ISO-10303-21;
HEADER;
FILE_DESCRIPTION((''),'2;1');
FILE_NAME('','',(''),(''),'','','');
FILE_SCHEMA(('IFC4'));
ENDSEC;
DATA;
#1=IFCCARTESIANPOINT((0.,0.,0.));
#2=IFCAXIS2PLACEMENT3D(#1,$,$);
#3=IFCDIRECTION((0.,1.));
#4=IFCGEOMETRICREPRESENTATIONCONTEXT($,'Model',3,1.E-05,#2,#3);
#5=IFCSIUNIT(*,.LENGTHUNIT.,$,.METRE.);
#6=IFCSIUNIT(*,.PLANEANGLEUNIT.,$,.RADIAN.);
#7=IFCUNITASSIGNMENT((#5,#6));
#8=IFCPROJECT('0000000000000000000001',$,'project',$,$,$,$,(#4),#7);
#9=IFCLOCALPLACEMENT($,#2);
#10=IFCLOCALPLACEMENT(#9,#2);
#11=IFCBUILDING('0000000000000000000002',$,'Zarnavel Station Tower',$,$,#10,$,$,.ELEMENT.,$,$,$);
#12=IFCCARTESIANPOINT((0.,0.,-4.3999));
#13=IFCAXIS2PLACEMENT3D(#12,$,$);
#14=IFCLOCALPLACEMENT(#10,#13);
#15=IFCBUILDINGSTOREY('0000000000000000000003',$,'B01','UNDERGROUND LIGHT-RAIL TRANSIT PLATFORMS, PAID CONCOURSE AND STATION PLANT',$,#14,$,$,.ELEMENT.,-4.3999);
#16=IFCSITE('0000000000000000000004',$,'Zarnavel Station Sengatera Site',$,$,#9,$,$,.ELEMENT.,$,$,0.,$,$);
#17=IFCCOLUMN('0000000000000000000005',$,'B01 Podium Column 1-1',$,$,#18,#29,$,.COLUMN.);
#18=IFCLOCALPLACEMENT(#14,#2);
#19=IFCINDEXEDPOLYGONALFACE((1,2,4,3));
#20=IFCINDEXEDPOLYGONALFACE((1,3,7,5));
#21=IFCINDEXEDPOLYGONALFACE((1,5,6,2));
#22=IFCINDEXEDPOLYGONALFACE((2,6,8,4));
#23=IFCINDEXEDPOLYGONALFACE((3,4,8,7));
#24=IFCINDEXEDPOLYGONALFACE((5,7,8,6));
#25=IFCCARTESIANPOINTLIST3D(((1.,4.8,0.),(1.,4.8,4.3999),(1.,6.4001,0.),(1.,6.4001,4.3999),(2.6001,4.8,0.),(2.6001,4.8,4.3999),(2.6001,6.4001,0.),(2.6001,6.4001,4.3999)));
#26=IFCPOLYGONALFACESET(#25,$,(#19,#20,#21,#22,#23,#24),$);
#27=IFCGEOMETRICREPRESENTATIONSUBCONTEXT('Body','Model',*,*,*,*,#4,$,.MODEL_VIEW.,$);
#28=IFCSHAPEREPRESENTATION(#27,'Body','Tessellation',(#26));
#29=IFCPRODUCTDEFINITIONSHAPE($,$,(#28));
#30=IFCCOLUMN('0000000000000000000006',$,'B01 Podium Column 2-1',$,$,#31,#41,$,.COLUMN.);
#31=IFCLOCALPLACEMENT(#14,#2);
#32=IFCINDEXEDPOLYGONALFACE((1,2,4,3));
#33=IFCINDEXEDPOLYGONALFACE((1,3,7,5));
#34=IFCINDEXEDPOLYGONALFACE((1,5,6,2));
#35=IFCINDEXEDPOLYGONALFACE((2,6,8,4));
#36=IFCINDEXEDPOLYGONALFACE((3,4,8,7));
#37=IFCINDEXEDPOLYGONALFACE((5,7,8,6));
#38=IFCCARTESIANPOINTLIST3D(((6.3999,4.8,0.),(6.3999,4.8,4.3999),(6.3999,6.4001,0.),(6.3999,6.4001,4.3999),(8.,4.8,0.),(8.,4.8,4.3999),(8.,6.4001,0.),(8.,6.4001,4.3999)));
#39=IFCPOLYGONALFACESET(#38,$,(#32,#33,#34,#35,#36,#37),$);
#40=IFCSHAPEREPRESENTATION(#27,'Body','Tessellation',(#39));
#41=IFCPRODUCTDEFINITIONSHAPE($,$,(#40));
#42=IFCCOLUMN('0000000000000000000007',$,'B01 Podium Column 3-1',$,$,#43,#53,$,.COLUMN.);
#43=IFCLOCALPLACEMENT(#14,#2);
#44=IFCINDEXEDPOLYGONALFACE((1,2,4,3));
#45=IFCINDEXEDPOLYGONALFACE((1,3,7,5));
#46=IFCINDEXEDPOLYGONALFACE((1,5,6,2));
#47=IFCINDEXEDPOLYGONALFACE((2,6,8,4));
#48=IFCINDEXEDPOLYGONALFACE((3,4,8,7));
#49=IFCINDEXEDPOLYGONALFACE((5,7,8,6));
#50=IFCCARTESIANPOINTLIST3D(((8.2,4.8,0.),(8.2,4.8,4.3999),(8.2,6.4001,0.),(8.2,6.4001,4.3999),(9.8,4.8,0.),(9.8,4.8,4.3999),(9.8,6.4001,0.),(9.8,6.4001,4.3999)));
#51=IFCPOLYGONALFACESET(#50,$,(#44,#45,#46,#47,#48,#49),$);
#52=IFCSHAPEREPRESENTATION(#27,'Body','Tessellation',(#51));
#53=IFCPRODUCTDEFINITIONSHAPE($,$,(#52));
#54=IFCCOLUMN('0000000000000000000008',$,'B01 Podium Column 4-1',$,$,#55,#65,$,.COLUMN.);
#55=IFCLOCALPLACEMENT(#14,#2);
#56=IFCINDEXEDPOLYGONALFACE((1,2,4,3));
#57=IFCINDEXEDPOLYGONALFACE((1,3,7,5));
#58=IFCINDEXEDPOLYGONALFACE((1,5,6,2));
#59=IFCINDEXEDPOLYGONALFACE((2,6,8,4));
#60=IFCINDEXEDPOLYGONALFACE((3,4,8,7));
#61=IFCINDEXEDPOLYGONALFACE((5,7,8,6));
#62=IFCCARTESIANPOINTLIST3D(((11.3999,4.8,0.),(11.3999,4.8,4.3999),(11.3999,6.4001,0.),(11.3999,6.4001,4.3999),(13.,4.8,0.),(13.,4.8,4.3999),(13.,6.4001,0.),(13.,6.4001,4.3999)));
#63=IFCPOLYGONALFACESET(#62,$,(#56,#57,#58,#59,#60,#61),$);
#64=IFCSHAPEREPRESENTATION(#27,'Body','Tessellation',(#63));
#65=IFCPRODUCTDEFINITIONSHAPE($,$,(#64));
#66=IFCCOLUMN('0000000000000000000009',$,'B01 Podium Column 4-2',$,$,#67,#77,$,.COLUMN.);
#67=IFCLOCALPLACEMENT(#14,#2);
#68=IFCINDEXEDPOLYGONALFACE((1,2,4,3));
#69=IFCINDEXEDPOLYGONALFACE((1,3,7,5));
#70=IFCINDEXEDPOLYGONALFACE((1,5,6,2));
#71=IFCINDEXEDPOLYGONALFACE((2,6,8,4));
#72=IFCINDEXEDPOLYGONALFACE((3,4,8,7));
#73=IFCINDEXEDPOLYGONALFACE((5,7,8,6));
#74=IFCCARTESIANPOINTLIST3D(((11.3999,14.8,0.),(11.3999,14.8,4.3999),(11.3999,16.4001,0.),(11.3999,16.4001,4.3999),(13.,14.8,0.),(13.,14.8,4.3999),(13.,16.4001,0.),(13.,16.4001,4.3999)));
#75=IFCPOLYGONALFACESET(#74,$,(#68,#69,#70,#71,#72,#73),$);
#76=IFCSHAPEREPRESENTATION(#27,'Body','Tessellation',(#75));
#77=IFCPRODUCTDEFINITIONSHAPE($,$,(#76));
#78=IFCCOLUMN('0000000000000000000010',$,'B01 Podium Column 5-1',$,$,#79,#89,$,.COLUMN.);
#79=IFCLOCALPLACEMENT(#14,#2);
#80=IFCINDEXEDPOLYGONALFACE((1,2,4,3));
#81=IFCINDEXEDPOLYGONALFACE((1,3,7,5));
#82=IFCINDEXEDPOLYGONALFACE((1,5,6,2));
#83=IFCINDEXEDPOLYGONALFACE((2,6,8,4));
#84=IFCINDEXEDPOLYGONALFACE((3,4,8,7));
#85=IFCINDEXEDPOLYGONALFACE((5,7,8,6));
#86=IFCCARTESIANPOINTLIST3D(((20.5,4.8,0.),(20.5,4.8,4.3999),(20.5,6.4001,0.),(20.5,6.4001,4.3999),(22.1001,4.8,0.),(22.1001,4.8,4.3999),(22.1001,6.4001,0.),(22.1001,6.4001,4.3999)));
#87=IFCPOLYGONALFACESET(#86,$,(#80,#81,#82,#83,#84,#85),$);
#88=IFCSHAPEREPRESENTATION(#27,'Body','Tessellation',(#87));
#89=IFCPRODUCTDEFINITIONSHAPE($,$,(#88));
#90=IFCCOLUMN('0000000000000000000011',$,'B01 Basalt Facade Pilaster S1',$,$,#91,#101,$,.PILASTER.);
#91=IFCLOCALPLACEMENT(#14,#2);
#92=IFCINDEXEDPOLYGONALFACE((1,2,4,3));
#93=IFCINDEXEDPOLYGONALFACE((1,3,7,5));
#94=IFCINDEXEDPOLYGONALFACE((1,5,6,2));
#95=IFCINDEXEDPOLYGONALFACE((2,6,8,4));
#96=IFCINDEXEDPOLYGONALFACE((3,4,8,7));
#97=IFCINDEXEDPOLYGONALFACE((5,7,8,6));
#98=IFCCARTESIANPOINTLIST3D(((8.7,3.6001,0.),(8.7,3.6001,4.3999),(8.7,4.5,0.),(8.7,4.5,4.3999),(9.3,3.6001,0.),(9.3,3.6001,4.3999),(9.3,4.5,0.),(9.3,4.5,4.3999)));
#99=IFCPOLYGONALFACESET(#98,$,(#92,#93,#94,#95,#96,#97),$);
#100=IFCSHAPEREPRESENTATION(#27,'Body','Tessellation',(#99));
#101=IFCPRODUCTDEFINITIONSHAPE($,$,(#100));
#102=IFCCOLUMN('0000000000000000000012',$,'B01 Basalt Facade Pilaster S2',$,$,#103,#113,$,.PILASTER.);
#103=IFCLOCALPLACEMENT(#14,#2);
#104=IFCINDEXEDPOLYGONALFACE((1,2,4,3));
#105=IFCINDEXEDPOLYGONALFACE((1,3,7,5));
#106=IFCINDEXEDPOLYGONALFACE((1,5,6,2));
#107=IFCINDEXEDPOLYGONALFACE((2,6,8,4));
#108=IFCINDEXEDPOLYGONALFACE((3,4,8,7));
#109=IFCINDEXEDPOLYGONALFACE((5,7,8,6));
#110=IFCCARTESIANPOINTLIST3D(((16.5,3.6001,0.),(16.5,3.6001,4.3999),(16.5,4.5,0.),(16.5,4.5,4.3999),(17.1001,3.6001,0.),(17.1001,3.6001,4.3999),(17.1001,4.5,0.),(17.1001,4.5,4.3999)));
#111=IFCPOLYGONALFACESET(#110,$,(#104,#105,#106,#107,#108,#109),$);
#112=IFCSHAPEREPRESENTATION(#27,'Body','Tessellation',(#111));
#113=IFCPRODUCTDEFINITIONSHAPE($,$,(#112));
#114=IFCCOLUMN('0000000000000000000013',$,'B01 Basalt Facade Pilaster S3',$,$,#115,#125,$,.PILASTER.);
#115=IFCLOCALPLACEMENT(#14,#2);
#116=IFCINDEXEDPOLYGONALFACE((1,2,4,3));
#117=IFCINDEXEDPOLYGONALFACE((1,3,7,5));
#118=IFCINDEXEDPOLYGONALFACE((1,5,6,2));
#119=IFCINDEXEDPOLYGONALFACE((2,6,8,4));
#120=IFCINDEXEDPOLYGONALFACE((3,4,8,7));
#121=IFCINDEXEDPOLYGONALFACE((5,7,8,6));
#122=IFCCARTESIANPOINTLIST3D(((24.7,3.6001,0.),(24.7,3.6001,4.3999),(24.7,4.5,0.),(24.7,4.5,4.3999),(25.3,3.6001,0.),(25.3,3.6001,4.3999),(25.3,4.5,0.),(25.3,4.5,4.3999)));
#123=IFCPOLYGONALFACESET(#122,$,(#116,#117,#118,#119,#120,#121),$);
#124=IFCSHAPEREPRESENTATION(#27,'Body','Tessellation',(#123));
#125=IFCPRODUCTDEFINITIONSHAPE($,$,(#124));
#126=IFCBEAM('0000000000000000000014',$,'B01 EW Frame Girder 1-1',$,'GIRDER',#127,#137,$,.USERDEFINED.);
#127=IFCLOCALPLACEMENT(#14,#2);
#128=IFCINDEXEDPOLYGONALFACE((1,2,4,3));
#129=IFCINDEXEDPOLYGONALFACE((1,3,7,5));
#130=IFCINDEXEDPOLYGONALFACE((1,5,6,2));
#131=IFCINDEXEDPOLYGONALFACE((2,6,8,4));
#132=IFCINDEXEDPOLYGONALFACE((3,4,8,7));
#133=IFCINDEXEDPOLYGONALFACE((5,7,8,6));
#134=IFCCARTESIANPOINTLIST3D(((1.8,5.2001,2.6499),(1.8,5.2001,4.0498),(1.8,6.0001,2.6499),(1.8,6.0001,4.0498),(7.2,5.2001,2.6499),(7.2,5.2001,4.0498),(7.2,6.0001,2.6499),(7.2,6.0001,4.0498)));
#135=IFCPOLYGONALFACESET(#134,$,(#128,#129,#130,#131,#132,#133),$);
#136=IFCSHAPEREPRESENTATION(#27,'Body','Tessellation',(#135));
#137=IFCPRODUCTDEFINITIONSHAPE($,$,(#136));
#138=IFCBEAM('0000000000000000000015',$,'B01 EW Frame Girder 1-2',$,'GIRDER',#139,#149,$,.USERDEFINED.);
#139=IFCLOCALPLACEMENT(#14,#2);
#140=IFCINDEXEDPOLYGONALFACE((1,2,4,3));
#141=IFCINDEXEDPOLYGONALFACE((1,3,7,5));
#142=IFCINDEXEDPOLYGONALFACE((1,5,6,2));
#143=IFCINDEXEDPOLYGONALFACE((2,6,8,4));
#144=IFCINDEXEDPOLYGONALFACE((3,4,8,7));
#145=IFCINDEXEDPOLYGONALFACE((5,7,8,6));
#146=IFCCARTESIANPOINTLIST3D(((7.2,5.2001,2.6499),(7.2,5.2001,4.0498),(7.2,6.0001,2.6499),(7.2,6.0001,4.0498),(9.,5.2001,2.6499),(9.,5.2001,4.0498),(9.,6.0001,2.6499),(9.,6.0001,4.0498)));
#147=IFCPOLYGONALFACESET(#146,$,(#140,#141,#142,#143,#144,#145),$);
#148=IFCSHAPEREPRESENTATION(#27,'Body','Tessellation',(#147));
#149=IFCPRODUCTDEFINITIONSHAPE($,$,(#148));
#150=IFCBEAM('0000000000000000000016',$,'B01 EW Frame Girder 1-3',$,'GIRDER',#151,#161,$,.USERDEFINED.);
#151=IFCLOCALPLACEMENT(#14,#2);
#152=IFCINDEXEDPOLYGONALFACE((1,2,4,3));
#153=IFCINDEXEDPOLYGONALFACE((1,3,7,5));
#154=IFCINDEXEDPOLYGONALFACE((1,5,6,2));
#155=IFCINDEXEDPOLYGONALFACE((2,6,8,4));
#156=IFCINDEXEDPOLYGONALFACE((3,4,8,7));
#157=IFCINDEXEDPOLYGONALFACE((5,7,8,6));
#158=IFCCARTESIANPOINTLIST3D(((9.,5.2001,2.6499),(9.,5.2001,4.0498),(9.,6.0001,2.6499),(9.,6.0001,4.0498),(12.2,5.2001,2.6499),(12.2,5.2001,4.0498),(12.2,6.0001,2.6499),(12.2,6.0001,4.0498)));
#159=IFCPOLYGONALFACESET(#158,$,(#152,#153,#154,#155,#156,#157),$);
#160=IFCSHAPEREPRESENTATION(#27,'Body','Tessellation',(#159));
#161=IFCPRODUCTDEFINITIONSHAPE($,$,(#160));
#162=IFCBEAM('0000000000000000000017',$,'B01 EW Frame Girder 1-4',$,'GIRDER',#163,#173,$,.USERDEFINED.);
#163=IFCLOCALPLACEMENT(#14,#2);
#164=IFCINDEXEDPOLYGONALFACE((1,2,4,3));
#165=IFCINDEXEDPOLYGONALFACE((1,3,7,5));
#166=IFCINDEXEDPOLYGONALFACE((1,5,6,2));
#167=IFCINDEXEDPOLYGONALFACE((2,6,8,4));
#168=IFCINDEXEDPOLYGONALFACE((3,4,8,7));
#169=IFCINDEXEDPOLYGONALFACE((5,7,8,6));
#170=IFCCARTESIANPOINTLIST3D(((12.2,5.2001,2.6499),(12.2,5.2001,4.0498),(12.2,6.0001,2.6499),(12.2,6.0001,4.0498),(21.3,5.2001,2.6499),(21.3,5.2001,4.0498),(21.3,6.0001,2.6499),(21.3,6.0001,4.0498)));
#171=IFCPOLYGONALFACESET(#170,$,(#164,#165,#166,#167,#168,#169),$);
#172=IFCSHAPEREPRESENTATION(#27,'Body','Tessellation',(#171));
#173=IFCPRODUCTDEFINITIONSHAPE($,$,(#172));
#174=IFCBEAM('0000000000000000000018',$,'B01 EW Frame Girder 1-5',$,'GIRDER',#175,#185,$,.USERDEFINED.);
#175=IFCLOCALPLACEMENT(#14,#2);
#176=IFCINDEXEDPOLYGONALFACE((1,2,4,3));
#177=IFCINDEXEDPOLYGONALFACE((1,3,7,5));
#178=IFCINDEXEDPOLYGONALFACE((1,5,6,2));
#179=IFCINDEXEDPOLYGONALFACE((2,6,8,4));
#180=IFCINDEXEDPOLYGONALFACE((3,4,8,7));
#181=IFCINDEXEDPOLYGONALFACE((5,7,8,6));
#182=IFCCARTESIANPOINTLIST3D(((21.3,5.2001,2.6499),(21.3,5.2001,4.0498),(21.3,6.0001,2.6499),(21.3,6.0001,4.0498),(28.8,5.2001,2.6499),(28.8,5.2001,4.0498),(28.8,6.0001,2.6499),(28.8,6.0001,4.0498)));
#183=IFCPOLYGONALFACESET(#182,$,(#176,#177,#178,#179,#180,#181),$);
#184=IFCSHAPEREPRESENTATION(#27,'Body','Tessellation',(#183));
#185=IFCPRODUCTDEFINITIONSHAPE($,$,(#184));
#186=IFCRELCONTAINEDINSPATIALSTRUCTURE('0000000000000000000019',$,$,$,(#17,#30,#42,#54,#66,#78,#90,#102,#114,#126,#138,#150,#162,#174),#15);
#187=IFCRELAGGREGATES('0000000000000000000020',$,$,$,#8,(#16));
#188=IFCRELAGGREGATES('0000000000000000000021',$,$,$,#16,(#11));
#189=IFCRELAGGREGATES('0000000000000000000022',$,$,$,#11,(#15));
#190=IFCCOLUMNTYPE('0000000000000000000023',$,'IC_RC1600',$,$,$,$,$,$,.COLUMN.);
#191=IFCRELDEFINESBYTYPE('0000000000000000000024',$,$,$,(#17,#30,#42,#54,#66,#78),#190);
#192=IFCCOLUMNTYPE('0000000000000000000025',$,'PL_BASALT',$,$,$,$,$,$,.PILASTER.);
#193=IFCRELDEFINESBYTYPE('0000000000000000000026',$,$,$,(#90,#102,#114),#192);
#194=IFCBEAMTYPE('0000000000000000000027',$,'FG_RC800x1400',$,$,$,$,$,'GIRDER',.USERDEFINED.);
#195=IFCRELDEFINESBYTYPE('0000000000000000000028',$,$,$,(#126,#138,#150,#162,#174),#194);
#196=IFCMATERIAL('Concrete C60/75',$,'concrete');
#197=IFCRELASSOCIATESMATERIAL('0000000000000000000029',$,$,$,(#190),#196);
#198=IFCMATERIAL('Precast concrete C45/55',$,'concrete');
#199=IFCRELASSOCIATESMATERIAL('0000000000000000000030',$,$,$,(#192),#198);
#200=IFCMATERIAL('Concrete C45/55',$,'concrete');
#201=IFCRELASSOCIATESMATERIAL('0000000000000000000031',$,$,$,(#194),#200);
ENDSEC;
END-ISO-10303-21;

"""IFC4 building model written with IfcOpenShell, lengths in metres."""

from ifc_helpers import new_model, si_unit, direction, frame, origin, origin_2d, place, context, subcontext, project, spatial, rectangle, extrude, material, material_profile, profile_set, type_object, element, save


model = new_model("IFC4")

# Units and contexts
model_context = context("Model", 3, precision=1e-05, world=origin(), true_north=direction((0.0, 1.0)))
body_context = subcontext(model_context, "Body", "Model", "MODEL_VIEW")
ifc_project = project(units=[si_unit("LENGTHUNIT", "METRE"), si_unit("PLANEANGLEUNIT", "RADIAN")], contexts=[model_context])

# Site, building, storey
site_placement = place(None, origin())
site = spatial("IfcSite", under=ifc_project, at=site_placement, Name="Zarnavel Station Sengatera Site", CompositionType="ELEMENT", RefElevation=0.0)
building_placement = place(site_placement, origin())
building = spatial("IfcBuilding", under=site, at=building_placement, Name="Zarnavel Station Tower", CompositionType="ELEMENT")
storey_placement = place(building_placement, frame((0.0, 0.0, -4.3999)))
storey = spatial("IfcBuildingStorey", under=building, at=storey_placement, Name="B01", Description="UNDERGROUND LIGHT-RAIL TRANSIT PLATFORMS, PAID CONCOURSE AND STATION PLANT", CompositionType="ELEMENT", Elevation=-4.3999)

# Columns
ifc_material_1 = material(Name="Concrete C60/75", Category="concrete")
ifc_material_profile_1 = material_profile(ifc_material_1, rectangle(XDim=1.6001, YDim=1.6001, at=origin_2d()), Name="RC1600x1600")
ifc_profile_set_1 = profile_set([ifc_material_profile_1], Name="Concrete C60/75")
column_type_1 = type_object("IfcColumnType", Name="IC_RC1600", PredefinedType="COLUMN", material=ifc_profile_set_1)
for number, where, z_axis, x_axis, name in (
    (1, (1.8, 5.6001, 0.0), (0.0, 0.0, 1.0), (1.0, 0.0, 0.0), "B01 Podium Column 1-1"),
    (2, (7.2, 5.6001, 0.0), (0.0, 0.0, 1.0), (1.0, 0.0, 0.0), "B01 Podium Column 2-1"),
    (3, (9.0, 5.6001, 0.0), (0.0, 0.0, 1.0), (1.0, 0.0, 0.0), "B01 Podium Column 3-1"),
    (4, (12.2, 5.6001, 0.0), (0.0, 0.0, 1.0), (1.0, 0.0, 0.0), "B01 Podium Column 4-1"),
    (5, (12.2, 15.6001, 0.0), (0.0, 0.0, 1.0), (1.0, 0.0, 0.0), "B01 Podium Column 4-2"),
    (6, (21.3, 5.6001, 0.0), (0.0, 0.0, 1.0), (1.0, 0.0, 0.0), "B01 Podium Column 5-1"),
):
    element("IfcColumn", number, at=place(storey_placement, frame(where, z_axis=z_axis, x_axis=x_axis)), inside=storey, type_object=column_type_1, Name=name, PredefinedType="COLUMN", context=body_context, shape_type="SweptSolid", body=[
        extrude(rectangle(XDim=1.6001, YDim=1.6001, at=origin_2d()), origin(), (0.0, 0.0, 1.0), 4.3999),
    ])
ifc_material_2 = material(Name="Precast concrete C45/55", Category="concrete")
ifc_material_profile_2 = material_profile(ifc_material_2, rectangle(XDim=0.6001, YDim=0.8999, at=origin_2d()), Name="RC600x900")
ifc_profile_set_2 = profile_set([ifc_material_profile_2], Name="Precast concrete C45/55")
column_type_2 = type_object("IfcColumnType", Name="PL_BASALT", PredefinedType="PILASTER", material=ifc_profile_set_2)
for number, where, z_axis, x_axis, name in (
    (7, (9.0, 4.05, 0.0), (0.0, 0.0, 1.0), (1.0, 0.0, 0.0), "B01 Basalt Facade Pilaster S1"),
    (8, (16.8, 4.05, 0.0), (0.0, 0.0, 1.0), (1.0, 0.0, 0.0), "B01 Basalt Facade Pilaster S2"),
    (9, (25.0, 4.05, 0.0), (0.0, 0.0, 1.0), (1.0, 0.0, 0.0), "B01 Basalt Facade Pilaster S3"),
):
    element("IfcColumn", number, at=place(storey_placement, frame(where, z_axis=z_axis, x_axis=x_axis)), inside=storey, type_object=column_type_2, Name=name, PredefinedType="PILASTER", context=body_context, shape_type="SweptSolid", body=[
        extrude(rectangle(XDim=0.6001, YDim=0.8999, at=origin_2d()), origin(), (0.0, 0.0, 1.0), 4.3999),
    ])

# Beams
ifc_material_3 = material(Name="Concrete C45/55", Category="concrete")
ifc_material_profile_3 = material_profile(ifc_material_3, rectangle(XDim=0.8, YDim=1.3999, at=origin_2d()), Name="RC800x1400")
ifc_profile_set_3 = profile_set([ifc_material_profile_3], Name="Concrete C45/55")
beam_type_1 = type_object("IfcBeamType", Name="FG_RC800x1400", ElementType="GIRDER", PredefinedType="USERDEFINED", material=ifc_profile_set_3)
beam_1_placement = place(storey_placement, frame((1.8, 5.6001, 3.3499), z_axis=(1.0, 0.0, 0.0), x_axis=(0.0, 1.0, 0.0)))
element("IfcBeam", 10, at=beam_1_placement, inside=storey, type_object=beam_type_1, Name="B01 EW Frame Girder 1-1", ObjectType="GIRDER", PredefinedType="USERDEFINED", context=body_context, shape_type="SweptSolid", body=[
    extrude(rectangle(XDim=0.8, YDim=1.3999, at=origin_2d()), origin(), (0.0, 0.0, 1.0), 5.3999),
])
beam_2_placement = place(storey_placement, frame((7.2, 5.6001, 3.3499), z_axis=(1.0, 0.0, 0.0), x_axis=(0.0, 1.0, 0.0)))
element("IfcBeam", 11, at=beam_2_placement, inside=storey, type_object=beam_type_1, Name="B01 EW Frame Girder 1-2", ObjectType="GIRDER", PredefinedType="USERDEFINED", context=body_context, shape_type="SweptSolid", body=[
    extrude(rectangle(XDim=0.8, YDim=1.3999, at=origin_2d()), origin(), (0.0, 0.0, 1.0), 1.8),
])
beam_3_placement = place(storey_placement, frame((9.0, 5.6001, 3.3499), z_axis=(1.0, 0.0, 0.0), x_axis=(0.0, 1.0, 0.0)))
element("IfcBeam", 12, at=beam_3_placement, inside=storey, type_object=beam_type_1, Name="B01 EW Frame Girder 1-3", ObjectType="GIRDER", PredefinedType="USERDEFINED", context=body_context, shape_type="SweptSolid", body=[
    extrude(rectangle(XDim=0.8, YDim=1.3999, at=origin_2d()), origin(), (0.0, 0.0, 1.0), 3.2),
])
beam_4_placement = place(storey_placement, frame((12.2, 5.6001, 3.3499), z_axis=(1.0, 0.0, 0.0), x_axis=(0.0, 1.0, 0.0)))
element("IfcBeam", 13, at=beam_4_placement, inside=storey, type_object=beam_type_1, Name="B01 EW Frame Girder 1-4", ObjectType="GIRDER", PredefinedType="USERDEFINED", context=body_context, shape_type="SweptSolid", body=[
    extrude(rectangle(XDim=0.8, YDim=1.3999, at=origin_2d()), origin(), (0.0, 0.0, 1.0), 9.1001),
])
beam_5_placement = place(storey_placement, frame((21.3, 5.6001, 3.3499), z_axis=(1.0, 0.0, 0.0), x_axis=(0.0, 1.0, 0.0)))
element("IfcBeam", 14, at=beam_5_placement, inside=storey, type_object=beam_type_1, Name="B01 EW Frame Girder 1-5", ObjectType="GIRDER", PredefinedType="USERDEFINED", context=body_context, shape_type="SweptSolid", body=[
    extrude(rectangle(XDim=0.8, YDim=1.3999, at=origin_2d()), origin(), (0.0, 0.0, 1.0), 7.5),
])

save(model, "model.ifc")
